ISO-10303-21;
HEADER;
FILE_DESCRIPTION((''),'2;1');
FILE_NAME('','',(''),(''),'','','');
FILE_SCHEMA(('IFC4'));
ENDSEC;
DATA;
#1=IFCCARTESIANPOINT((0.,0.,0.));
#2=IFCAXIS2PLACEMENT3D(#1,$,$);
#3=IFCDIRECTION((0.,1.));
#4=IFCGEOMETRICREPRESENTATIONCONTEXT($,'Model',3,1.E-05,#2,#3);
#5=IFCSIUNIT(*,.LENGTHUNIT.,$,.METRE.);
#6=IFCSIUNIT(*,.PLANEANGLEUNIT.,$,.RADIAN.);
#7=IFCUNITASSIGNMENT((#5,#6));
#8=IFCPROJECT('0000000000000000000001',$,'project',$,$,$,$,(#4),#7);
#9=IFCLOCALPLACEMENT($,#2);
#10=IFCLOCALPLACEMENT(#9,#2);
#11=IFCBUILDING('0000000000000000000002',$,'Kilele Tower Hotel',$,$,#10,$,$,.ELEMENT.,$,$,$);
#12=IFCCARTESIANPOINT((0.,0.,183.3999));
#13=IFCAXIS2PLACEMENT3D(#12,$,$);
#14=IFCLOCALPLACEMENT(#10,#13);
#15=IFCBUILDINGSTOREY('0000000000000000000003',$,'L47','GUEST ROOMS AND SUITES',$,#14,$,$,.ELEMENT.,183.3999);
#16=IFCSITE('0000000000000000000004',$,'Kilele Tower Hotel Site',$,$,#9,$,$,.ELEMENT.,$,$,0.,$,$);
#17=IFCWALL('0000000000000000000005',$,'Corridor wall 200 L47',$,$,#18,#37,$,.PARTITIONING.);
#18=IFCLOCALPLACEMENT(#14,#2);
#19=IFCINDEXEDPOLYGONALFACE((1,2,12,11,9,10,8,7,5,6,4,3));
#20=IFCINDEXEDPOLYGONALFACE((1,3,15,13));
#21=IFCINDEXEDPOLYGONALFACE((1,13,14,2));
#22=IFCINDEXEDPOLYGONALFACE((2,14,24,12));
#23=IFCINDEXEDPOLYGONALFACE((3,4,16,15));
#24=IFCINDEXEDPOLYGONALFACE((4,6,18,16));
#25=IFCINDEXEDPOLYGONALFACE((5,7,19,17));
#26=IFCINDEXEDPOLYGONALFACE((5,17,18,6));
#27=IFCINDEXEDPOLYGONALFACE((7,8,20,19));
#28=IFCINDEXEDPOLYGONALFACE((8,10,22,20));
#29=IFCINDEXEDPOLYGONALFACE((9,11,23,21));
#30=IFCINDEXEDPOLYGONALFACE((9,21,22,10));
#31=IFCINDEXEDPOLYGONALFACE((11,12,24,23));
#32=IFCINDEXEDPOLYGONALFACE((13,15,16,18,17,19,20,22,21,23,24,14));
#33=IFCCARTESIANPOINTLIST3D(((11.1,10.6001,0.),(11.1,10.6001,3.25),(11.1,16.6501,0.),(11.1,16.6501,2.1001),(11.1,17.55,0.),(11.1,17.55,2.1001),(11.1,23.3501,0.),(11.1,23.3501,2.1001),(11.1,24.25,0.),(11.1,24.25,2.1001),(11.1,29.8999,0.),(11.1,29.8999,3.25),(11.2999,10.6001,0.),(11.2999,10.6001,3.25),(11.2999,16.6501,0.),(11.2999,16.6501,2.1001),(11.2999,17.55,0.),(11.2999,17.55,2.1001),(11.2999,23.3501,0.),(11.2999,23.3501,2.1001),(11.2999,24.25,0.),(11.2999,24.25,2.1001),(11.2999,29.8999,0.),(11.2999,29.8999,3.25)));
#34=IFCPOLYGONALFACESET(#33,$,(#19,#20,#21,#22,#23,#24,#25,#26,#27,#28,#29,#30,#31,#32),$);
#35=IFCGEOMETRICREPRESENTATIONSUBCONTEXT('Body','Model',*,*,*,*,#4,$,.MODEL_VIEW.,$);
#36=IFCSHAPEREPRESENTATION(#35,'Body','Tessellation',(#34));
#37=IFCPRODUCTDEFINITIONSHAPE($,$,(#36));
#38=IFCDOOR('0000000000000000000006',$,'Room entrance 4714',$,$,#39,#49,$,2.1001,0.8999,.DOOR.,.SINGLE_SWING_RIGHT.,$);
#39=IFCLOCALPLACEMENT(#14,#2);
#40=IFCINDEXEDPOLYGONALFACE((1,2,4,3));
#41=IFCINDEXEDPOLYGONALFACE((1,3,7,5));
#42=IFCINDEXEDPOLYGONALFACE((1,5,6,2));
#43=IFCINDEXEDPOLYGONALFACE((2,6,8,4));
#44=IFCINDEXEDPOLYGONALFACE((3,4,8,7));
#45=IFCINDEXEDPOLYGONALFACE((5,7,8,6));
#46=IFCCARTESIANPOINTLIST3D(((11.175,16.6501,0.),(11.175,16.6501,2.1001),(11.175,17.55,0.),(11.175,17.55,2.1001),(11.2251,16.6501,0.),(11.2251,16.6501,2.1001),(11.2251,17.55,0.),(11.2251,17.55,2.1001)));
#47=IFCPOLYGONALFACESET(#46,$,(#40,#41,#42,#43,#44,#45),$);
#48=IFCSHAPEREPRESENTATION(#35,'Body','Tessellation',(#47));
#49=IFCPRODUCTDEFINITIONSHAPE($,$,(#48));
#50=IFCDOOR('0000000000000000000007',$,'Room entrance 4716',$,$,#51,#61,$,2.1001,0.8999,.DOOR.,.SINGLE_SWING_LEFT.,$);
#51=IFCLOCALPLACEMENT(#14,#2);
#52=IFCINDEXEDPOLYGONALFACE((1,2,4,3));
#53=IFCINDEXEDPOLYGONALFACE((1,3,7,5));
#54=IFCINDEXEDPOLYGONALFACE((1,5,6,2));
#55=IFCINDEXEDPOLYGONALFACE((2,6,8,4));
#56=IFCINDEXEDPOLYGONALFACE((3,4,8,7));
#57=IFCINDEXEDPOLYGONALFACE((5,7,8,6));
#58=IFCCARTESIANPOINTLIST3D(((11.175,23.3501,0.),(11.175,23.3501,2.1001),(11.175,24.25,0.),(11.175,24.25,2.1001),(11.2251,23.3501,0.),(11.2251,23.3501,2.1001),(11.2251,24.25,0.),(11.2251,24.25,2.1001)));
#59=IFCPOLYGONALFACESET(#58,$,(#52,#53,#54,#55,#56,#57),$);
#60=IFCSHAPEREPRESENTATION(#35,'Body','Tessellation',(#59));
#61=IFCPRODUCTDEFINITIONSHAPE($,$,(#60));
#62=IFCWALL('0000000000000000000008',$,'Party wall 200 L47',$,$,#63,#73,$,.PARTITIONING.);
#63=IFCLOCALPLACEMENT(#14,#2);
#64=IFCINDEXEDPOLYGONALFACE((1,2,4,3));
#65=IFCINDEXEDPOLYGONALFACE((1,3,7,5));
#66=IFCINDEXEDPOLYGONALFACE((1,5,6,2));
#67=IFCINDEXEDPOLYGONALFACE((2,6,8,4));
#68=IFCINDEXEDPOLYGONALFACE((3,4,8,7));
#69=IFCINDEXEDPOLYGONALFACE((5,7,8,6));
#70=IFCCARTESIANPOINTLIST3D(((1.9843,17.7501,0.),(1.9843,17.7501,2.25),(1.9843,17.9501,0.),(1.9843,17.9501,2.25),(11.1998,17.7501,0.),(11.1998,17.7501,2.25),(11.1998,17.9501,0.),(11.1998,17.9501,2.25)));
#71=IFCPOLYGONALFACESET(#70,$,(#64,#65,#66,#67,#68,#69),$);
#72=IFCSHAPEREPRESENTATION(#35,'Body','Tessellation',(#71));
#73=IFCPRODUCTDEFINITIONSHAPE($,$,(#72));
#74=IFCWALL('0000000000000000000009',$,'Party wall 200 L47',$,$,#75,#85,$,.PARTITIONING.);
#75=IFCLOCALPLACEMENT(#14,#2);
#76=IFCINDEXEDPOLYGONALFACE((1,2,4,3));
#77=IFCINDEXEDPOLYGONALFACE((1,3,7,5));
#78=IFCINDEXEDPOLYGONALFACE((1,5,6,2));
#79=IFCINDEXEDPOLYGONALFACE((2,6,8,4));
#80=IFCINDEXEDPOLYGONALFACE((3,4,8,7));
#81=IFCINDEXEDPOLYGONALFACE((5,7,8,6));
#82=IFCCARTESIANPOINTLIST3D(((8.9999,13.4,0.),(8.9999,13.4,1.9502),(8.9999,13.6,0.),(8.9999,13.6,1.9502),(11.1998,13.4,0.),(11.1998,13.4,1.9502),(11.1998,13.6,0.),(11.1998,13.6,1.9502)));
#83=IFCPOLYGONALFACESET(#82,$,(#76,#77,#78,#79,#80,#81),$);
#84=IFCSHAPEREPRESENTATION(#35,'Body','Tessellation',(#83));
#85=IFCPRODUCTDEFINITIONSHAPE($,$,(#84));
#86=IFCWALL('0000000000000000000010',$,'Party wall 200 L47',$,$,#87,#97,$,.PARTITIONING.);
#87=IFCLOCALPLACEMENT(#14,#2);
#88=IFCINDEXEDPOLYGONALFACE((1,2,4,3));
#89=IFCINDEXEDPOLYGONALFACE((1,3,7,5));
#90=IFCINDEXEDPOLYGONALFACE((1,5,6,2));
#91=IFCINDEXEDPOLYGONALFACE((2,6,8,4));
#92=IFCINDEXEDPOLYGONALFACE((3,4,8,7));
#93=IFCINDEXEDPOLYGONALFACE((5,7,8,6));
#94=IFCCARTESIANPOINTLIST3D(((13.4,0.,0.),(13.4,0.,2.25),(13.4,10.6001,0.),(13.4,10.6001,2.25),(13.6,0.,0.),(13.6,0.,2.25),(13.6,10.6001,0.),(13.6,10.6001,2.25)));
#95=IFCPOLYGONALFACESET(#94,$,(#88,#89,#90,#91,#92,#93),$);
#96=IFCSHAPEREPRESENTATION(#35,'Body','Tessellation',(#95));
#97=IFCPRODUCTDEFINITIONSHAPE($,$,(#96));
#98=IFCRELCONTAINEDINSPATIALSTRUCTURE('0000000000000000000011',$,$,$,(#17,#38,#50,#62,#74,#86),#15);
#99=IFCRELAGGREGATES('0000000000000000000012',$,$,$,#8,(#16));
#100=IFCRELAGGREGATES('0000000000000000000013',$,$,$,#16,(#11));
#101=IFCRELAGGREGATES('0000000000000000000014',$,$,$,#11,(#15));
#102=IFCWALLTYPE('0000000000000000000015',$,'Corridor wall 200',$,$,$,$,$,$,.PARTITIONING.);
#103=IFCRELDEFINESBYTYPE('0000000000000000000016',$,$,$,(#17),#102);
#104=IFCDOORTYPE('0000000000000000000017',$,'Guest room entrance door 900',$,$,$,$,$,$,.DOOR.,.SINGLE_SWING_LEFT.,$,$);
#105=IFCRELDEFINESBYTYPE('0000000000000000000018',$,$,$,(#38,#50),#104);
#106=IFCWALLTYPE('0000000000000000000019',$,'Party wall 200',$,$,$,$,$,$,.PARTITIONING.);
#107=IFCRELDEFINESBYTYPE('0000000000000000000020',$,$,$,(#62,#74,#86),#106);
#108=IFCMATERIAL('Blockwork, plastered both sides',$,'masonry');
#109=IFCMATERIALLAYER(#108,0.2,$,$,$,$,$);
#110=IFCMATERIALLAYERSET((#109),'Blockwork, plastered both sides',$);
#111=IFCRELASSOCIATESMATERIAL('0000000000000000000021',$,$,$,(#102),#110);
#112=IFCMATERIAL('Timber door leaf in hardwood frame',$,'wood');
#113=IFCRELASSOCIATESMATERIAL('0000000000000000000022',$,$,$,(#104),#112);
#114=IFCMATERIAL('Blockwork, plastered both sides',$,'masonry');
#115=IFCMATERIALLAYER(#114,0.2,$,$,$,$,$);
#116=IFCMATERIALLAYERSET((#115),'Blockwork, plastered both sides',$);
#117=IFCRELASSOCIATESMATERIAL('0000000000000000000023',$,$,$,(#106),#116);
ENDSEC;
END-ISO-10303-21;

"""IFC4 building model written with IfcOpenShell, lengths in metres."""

from ifc_helpers import new_model, si_unit, direction, frame, frame_2d, origin, place, context, subcontext, project, spatial, rectangle, extrude, material, layer, layer_set, type_object, element, fill, save


model = new_model("IFC4")

# Units and contexts
model_context = context("Model", 3, precision=1e-05, world=origin(), true_north=direction((0.0, 1.0)))
body_context = subcontext(model_context, "Body", "Model", "MODEL_VIEW")
ifc_project = project(units=[si_unit("LENGTHUNIT", "METRE"), si_unit("PLANEANGLEUNIT", "RADIAN")], contexts=[model_context])

# Site, building, storey
site_placement = place(None, origin())
site = spatial("IfcSite", under=ifc_project, at=site_placement, Name="Kilele Tower Hotel Site", CompositionType="ELEMENT", RefElevation=0.0)
building_placement = place(site_placement, origin())
building = spatial("IfcBuilding", under=site, at=building_placement, Name="Kilele Tower Hotel", CompositionType="ELEMENT")
storey_placement = place(building_placement, frame((0.0, 0.0, 183.3999)))
storey = spatial("IfcBuildingStorey", under=building, at=storey_placement, Name="L47", Description="GUEST ROOMS AND SUITES", CompositionType="ELEMENT", Elevation=183.3999)

# Wall, openings, doors
ifc_material_1 = material(Name="Blockwork, plastered both sides", Category="masonry")
ifc_layer_1 = layer(ifc_material_1, 0.2)
ifc_layer_set_1 = layer_set([ifc_layer_1], Name="Blockwork, plastered both sides")
wall_type_1 = type_object("IfcWallType", Name="Corridor wall 200", PredefinedType="PARTITIONING", material=ifc_layer_set_1)
ifc_material_2 = material(Name="Timber door leaf in hardwood frame", Category="wood")
door_type_1 = type_object("IfcDoorType", Name="Guest room entrance door 900", OperationType="SINGLE_SWING_LEFT", PredefinedType="DOOR", material=ifc_material_2)
wall_1_placement = place(storey_placement, frame((11.2, 10.6001, 0.0), z_axis=(0.0, 0.0, 1.0), x_axis=(0.0, 1.0, 0.0)))
wall_1 = element("IfcWall", 1, at=wall_1_placement, inside=storey, type_object=wall_type_1, Name="Corridor wall 200 L47", PredefinedType="PARTITIONING", context=body_context, shape_type="SweptSolid", body=[
    extrude(rectangle(XDim=19.2998, YDim=0.2, at=frame_2d((9.6499, 0.0))), origin(), (0.0, 0.0, 1.0), 3.25),
])
opening_1_placement = place(wall_1_placement, frame((6.05, 0.0, 0.0)))
opening_1 = element("IfcOpeningElement", 2, at=opening_1_placement, cuts=wall_1, PredefinedType="OPENING", context=body_context, shape_type="SweptSolid", body=[
    extrude(rectangle(XDim=0.8999, YDim=2.1001, at=frame_2d((0.45, 1.05))), frame((0.0, 0.1099, 0.0), z_axis=(0.0, -1.0, 0.0), x_axis=(1.0, 0.0, 0.0)), (0.0, 0.0, 1.0), 0.22),
])
opening_2_placement = place(wall_1_placement, frame((12.75, 0.0, 0.0)))
opening_2 = element("IfcOpeningElement", 3, at=opening_2_placement, cuts=wall_1, PredefinedType="OPENING", context=body_context, shape_type="SweptSolid", body=[
    extrude(rectangle(XDim=0.8999, YDim=2.1001, at=frame_2d((0.45, 1.05))), frame((0.0, 0.1099, 0.0), z_axis=(0.0, -1.0, 0.0), x_axis=(1.0, 0.0, 0.0)), (0.0, 0.0, 1.0), 0.22),
])
door_1_placement = place(opening_1_placement, origin())
door_1 = element("IfcDoor", 4, at=door_1_placement, inside=storey, type_object=door_type_1, Name="Room entrance 4714", OperationType="SINGLE_SWING_RIGHT", OverallHeight=2.1001, OverallWidth=0.8999, PredefinedType="DOOR", context=body_context, shape_type="SweptSolid", body=[
    extrude(rectangle(XDim=0.8999, YDim=2.1001, at=frame_2d((0.45, 1.05))), frame((0.0, 0.0249, 0.0), z_axis=(0.0, -1.0, 0.0), x_axis=(1.0, 0.0, 0.0)), (0.0, 0.0, 1.0), 0.05),
])
fill(opening_1, door_1)
door_2_placement = place(opening_2_placement, origin())
door_2 = element("IfcDoor", 5, at=door_2_placement, inside=storey, type_object=door_type_1, Name="Room entrance 4716", OperationType="SINGLE_SWING_LEFT", OverallHeight=2.1001, OverallWidth=0.8999, PredefinedType="DOOR", context=body_context, shape_type="SweptSolid", body=[
    extrude(rectangle(XDim=0.8999, YDim=2.1001, at=frame_2d((0.45, 1.05))), frame((0.0, 0.0249, 0.0), z_axis=(0.0, -1.0, 0.0), x_axis=(1.0, 0.0, 0.0)), (0.0, 0.0, 1.0), 0.05),
])
fill(opening_2, door_2)

# Walls
ifc_material_3 = material(Name="Blockwork, plastered both sides", Category="masonry")
ifc_layer_2 = layer(ifc_material_3, 0.2)
ifc_layer_set_2 = layer_set([ifc_layer_2], Name="Blockwork, plastered both sides")
wall_type_2 = type_object("IfcWallType", Name="Party wall 200", PredefinedType="PARTITIONING", material=ifc_layer_set_2)
wall_2_placement = place(storey_placement, frame((11.2, 17.8501, 0.0), z_axis=(0.0, 0.0, 1.0), x_axis=(-1.0, 0.0, 0.0)))
element("IfcWall", 6, at=wall_2_placement, inside=storey, type_object=wall_type_2, Name="Party wall 200 L47", PredefinedType="PARTITIONING", context=body_context, shape_type="SweptSolid", body=[
    extrude(rectangle(XDim=9.2156, YDim=0.2, at=frame_2d((4.6079, 0.0))), origin(), (0.0, 0.0, 1.0), 2.25),
])
wall_3_placement = place(storey_placement, frame((11.2, 13.5, 0.0), z_axis=(0.0, 0.0, 1.0), x_axis=(-1.0, 0.0, 0.0)))
element("IfcWall", 7, at=wall_3_placement, inside=storey, type_object=wall_type_2, Name="Party wall 200 L47", PredefinedType="PARTITIONING", context=body_context, shape_type="SweptSolid", body=[
    extrude(rectangle(XDim=2.2, YDim=0.2, at=frame_2d((1.1001, 0.0))), origin(), (0.0, 0.0, 1.0), 1.9502),
])
wall_4_placement = place(storey_placement, frame((13.5, 10.6001, 0.0), z_axis=(0.0, 0.0, 1.0), x_axis=(0.0, -1.0, 0.0)))
element("IfcWall", 8, at=wall_4_placement, inside=storey, type_object=wall_type_2, Name="Party wall 200 L47", PredefinedType="PARTITIONING", context=body_context, shape_type="SweptSolid", body=[
    extrude(rectangle(XDim=10.6001, YDim=0.2, at=frame_2d((5.3, 0.0))), origin(), (0.0, 0.0, 1.0), 2.25),
])

save(model, "model.ifc")
